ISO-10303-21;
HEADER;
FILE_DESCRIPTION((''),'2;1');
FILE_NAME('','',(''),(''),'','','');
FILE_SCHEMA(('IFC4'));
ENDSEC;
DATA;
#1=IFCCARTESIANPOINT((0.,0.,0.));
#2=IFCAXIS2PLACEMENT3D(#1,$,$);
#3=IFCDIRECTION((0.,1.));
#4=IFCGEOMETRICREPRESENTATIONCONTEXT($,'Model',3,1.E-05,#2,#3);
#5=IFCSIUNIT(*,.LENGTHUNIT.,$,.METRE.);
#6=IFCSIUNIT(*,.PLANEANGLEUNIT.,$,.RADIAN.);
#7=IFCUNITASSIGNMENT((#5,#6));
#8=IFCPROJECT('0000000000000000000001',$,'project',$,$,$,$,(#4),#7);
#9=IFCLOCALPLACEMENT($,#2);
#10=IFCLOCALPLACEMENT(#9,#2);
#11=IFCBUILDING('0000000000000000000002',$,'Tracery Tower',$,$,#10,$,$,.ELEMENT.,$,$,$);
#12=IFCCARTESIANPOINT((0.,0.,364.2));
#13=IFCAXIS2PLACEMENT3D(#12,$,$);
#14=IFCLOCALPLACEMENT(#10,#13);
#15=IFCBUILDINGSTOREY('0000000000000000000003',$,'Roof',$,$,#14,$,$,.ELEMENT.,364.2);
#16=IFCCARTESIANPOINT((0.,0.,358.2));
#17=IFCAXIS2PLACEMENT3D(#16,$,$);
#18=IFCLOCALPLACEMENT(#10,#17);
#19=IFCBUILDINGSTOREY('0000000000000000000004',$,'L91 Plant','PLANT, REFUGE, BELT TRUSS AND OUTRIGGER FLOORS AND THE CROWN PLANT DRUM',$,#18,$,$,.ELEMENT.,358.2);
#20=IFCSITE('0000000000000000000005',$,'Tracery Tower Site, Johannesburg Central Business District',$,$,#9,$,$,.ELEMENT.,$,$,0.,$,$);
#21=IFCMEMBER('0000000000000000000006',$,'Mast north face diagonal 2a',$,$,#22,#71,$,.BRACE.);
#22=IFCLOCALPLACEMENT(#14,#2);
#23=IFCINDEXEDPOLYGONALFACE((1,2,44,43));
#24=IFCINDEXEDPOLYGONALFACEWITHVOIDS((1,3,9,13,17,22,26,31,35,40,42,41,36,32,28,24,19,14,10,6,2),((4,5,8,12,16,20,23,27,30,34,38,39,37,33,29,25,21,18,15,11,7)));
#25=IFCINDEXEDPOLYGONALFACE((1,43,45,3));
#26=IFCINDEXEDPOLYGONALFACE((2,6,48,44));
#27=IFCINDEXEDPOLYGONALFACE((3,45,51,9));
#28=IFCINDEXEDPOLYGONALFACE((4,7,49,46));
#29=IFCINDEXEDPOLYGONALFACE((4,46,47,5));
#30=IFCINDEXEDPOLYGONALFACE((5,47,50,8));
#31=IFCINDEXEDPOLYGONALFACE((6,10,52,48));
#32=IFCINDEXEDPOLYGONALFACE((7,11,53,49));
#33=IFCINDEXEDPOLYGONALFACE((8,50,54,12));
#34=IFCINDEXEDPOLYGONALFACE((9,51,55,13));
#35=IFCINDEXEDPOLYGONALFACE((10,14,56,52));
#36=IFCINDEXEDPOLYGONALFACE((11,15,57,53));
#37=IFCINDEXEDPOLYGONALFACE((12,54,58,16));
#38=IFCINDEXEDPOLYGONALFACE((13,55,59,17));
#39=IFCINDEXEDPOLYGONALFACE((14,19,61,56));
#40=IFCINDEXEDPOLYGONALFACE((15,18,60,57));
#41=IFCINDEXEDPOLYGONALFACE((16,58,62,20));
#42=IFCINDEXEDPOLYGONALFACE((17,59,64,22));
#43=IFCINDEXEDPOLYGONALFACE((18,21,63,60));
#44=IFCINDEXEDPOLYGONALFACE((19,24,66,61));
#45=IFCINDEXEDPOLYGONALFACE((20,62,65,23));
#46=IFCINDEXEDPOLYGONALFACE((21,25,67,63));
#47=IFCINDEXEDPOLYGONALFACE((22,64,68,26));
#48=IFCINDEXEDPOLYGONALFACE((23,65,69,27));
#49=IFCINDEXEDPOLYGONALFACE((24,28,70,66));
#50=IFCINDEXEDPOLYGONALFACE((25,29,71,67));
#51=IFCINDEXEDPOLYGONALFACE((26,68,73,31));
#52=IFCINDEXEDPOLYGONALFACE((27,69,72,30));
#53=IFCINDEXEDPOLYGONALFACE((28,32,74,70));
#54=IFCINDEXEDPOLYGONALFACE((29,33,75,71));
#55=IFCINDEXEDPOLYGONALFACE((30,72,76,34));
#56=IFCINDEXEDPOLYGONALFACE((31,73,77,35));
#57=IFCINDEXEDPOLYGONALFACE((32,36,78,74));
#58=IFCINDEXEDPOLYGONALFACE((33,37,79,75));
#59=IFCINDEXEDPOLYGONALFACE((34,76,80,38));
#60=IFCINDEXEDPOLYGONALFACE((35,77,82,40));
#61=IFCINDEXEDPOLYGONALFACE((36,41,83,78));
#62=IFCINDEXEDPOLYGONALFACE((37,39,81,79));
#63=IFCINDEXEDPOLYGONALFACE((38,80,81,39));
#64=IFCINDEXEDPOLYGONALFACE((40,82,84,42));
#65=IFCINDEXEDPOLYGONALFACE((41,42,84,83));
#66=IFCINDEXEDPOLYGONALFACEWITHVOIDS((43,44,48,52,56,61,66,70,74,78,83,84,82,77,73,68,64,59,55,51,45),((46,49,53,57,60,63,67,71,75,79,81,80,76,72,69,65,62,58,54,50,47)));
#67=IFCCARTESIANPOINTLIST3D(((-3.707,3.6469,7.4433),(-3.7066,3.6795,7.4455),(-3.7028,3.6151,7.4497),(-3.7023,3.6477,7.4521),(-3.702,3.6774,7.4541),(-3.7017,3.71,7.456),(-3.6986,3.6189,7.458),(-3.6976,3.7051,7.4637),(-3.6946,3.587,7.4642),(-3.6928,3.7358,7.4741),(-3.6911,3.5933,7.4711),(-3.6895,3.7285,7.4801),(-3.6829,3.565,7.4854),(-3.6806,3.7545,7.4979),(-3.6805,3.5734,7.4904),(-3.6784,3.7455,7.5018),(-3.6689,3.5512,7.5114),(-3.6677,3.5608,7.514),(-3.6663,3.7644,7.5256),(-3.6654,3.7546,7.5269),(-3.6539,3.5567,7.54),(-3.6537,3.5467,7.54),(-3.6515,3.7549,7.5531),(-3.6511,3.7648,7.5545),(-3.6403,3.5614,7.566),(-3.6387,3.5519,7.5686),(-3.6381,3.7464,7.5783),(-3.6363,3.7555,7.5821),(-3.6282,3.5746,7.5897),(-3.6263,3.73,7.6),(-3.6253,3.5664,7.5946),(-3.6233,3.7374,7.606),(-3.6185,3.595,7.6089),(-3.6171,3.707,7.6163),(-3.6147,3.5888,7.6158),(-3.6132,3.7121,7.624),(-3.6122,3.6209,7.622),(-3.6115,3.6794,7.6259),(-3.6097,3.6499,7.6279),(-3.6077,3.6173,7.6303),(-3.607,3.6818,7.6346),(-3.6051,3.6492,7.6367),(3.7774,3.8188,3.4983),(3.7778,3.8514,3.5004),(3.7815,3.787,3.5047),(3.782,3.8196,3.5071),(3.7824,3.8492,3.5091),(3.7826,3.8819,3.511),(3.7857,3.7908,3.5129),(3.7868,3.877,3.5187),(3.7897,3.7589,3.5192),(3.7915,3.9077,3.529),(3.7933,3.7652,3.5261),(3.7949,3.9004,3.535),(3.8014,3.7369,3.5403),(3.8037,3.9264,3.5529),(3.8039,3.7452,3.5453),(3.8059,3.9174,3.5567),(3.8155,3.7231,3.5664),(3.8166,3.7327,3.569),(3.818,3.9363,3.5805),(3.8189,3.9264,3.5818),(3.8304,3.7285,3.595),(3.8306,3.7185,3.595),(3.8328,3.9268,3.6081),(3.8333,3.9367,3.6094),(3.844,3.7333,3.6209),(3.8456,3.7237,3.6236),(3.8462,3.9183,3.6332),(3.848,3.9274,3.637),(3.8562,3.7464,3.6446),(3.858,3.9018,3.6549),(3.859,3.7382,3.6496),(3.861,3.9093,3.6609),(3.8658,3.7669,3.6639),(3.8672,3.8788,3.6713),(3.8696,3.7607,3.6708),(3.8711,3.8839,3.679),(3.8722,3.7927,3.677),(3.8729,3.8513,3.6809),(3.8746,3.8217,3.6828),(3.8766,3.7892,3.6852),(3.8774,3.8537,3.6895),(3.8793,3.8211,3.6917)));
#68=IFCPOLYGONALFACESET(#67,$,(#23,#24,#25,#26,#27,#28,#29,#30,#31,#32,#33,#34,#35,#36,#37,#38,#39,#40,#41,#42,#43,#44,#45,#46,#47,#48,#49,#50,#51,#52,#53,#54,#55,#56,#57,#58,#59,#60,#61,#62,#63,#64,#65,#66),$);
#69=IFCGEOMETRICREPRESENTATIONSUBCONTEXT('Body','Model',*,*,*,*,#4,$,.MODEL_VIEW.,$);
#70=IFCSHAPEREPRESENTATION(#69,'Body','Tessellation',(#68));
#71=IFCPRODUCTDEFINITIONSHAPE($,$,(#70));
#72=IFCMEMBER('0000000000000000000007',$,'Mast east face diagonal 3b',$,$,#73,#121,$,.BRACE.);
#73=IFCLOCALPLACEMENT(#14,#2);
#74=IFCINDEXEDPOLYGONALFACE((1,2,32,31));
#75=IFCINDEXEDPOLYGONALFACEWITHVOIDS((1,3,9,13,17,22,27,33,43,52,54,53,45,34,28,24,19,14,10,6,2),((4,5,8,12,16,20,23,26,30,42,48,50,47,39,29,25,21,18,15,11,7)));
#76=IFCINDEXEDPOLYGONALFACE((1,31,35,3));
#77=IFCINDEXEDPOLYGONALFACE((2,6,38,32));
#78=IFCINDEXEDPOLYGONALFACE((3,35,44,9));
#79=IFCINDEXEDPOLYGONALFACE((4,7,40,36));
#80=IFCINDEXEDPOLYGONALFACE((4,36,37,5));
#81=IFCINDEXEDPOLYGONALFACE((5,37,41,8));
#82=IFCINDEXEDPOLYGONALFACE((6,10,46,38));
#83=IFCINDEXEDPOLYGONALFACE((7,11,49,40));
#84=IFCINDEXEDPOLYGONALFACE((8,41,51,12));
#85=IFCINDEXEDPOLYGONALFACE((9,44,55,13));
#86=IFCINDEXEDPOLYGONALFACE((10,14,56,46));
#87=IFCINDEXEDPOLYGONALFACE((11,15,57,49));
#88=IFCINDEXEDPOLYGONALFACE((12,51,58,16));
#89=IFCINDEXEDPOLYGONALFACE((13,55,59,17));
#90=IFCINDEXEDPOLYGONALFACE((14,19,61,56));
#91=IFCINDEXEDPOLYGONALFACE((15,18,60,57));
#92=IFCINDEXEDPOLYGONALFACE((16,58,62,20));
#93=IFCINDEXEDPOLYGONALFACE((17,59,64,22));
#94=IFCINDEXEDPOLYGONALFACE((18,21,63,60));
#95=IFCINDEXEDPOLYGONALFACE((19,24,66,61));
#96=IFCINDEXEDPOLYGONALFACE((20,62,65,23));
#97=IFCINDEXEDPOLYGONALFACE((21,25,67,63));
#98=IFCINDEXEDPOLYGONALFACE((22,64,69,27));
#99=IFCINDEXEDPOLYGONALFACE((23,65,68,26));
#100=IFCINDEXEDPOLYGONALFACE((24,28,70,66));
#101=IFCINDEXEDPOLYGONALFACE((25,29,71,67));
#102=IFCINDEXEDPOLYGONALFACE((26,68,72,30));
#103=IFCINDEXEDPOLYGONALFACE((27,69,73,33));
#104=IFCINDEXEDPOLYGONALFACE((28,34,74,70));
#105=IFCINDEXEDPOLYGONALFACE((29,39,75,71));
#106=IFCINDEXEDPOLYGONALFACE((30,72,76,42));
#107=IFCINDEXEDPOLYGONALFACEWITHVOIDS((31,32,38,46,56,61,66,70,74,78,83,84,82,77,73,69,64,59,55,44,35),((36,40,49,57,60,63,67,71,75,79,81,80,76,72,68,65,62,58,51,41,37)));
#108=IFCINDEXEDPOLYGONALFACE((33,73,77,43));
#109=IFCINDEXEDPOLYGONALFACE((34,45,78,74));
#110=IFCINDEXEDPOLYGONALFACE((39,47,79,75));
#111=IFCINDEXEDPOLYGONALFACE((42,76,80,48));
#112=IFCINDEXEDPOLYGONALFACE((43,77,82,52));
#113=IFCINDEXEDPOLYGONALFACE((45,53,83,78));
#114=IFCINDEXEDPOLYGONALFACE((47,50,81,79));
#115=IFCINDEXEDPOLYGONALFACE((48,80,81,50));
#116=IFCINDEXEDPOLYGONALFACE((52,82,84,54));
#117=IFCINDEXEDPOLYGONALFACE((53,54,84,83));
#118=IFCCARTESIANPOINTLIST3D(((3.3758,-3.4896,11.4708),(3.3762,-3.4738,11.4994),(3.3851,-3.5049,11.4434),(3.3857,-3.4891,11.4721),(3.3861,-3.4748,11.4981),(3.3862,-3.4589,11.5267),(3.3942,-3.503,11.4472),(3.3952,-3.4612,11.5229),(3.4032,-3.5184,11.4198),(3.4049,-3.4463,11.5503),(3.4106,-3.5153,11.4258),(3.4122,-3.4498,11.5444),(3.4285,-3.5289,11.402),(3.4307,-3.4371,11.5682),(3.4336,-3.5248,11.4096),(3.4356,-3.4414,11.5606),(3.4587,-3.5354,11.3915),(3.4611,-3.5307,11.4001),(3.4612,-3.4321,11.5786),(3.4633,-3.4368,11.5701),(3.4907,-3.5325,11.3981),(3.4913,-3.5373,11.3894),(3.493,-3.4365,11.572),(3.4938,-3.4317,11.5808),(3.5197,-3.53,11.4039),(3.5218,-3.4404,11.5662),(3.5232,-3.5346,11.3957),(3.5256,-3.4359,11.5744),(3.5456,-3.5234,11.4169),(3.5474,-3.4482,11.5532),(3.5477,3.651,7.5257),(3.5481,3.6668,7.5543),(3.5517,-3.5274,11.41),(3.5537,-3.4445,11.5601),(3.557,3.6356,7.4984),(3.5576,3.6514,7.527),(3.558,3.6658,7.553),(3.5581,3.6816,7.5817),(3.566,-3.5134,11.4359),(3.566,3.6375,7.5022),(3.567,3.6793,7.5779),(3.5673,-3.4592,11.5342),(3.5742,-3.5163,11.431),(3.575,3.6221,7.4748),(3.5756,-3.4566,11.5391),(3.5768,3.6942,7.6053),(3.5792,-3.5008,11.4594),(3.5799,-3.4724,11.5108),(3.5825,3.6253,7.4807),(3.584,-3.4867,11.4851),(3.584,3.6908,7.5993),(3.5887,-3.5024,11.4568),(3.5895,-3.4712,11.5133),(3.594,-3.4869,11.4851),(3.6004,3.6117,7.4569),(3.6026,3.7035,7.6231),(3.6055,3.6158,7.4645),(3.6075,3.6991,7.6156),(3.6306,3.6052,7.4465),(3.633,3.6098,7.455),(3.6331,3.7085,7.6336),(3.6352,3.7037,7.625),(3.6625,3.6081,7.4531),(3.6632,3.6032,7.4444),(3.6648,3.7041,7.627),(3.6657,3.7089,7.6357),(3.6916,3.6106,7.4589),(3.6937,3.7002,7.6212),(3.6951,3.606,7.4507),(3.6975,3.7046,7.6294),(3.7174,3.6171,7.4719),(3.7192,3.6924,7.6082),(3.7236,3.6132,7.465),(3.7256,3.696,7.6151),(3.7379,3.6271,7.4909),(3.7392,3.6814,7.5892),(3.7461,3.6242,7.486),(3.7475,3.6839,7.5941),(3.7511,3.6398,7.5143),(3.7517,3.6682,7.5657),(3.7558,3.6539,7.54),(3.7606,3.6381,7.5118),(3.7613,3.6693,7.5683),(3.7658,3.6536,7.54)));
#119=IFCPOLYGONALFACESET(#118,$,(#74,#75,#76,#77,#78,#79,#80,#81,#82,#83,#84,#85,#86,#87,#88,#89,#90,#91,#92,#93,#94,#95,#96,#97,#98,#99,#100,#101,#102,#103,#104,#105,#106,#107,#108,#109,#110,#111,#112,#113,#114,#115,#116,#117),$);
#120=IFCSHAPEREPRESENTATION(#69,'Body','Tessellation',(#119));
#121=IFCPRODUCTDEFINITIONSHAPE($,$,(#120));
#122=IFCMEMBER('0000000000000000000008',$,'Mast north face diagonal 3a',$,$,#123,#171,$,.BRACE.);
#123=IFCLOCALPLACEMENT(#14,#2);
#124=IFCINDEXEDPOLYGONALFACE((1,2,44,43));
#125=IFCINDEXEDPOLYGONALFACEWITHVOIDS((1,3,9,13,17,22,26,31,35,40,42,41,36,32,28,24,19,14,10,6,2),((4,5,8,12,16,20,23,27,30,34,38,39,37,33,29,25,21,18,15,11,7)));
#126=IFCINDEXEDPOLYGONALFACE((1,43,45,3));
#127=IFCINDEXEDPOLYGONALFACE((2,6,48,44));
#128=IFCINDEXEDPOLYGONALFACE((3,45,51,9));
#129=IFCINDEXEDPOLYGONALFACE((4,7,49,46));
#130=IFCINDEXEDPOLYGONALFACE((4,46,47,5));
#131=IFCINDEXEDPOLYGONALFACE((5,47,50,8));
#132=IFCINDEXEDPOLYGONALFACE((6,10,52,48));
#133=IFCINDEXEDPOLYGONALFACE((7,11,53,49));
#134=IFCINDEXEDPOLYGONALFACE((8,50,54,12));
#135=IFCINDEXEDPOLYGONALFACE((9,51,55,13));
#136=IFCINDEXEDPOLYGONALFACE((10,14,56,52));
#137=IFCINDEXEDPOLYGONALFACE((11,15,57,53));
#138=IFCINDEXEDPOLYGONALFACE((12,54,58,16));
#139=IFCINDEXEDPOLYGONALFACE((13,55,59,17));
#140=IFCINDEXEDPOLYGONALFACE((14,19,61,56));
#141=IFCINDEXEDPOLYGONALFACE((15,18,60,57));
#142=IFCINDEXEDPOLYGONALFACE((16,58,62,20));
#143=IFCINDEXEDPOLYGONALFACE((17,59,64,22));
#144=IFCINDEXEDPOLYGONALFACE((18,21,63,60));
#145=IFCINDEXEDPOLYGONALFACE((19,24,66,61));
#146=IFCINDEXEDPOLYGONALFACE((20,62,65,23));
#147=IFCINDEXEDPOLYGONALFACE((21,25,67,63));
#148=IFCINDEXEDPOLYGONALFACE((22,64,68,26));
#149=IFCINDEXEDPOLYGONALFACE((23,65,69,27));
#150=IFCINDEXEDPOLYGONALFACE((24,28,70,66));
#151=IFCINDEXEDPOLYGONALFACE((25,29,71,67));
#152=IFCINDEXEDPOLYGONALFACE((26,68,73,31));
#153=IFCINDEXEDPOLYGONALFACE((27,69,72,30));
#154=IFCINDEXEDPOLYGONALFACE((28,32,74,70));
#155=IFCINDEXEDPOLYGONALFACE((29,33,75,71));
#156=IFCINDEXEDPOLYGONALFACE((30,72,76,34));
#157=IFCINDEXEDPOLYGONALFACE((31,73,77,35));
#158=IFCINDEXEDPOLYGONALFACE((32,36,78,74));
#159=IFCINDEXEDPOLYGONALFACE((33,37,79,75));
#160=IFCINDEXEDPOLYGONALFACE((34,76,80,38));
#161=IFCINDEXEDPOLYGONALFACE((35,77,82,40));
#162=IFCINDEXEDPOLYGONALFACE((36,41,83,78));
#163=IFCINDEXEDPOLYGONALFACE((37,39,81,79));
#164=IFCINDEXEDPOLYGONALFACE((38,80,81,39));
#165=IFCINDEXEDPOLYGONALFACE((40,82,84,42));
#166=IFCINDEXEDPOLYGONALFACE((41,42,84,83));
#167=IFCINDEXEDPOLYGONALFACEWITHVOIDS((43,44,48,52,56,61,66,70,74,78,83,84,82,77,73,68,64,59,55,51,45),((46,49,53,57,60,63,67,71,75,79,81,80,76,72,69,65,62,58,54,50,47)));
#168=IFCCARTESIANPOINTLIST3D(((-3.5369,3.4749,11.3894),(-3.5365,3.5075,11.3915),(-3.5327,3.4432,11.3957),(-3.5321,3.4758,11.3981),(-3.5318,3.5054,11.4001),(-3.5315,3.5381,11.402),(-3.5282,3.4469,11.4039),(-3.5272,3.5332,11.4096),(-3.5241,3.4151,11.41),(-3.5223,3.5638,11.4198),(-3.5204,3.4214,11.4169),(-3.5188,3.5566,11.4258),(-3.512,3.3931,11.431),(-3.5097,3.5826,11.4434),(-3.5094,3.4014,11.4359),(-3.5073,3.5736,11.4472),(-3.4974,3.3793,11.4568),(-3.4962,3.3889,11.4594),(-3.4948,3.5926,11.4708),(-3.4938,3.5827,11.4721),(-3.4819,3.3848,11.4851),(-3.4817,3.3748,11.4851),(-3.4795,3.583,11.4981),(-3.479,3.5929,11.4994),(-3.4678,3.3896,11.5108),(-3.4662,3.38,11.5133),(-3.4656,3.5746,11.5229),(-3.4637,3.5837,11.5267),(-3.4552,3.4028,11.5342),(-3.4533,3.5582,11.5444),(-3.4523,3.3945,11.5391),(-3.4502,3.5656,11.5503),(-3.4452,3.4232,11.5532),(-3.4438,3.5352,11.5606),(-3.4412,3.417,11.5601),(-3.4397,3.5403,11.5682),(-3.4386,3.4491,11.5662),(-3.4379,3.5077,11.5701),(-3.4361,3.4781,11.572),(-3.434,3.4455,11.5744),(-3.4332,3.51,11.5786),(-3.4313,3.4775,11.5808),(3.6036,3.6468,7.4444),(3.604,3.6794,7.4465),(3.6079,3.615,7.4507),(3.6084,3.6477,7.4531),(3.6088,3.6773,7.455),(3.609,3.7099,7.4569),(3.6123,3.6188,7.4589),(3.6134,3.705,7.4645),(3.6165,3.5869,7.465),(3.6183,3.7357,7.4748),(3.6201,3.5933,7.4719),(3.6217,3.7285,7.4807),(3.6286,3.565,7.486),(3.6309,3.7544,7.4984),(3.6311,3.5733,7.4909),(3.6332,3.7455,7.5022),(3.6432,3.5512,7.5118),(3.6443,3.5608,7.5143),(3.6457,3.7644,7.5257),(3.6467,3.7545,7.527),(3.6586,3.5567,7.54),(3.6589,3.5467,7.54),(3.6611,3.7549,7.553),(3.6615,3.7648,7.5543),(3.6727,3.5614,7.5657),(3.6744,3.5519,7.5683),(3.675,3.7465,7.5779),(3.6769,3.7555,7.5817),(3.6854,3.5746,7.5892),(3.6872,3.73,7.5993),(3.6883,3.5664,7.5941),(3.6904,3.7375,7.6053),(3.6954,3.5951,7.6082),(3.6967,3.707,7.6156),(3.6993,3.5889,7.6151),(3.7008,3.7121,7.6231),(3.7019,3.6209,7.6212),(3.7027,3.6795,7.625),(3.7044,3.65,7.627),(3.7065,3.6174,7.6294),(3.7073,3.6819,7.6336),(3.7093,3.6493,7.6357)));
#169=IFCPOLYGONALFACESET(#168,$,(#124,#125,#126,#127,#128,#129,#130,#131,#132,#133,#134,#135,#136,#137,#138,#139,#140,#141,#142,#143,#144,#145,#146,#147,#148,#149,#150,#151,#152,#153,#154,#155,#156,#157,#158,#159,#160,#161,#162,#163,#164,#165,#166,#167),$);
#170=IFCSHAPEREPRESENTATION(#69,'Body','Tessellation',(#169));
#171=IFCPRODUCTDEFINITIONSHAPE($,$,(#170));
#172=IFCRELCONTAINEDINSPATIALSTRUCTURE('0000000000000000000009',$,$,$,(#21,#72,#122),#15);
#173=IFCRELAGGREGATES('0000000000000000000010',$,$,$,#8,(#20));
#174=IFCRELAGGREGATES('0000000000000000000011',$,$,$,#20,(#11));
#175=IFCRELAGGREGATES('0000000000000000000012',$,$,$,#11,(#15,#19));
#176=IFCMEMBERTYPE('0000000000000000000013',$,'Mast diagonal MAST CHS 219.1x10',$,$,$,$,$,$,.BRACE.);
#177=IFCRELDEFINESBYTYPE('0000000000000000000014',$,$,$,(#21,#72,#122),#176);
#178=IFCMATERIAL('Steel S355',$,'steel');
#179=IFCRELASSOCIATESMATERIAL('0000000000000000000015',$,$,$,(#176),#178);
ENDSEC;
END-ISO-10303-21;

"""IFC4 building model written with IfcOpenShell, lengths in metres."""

from ifc_helpers import new_model, si_unit, direction, frame, origin, origin_2d, place, context, subcontext, project, spatial, hollow_circle, extrude, material, material_profile, profile_set, type_object, element, save


model = new_model("IFC4")

# Units and contexts
model_context = context("Model", 3, precision=1e-05, world=origin(), true_north=direction((0.0, 1.0)))
body_context = subcontext(model_context, "Body", "Model", "MODEL_VIEW")
ifc_project = project(units=[si_unit("LENGTHUNIT", "METRE"), si_unit("PLANEANGLEUNIT", "RADIAN")], contexts=[model_context])

# Site, building, storey
site_placement = place(None, origin())
site = spatial("IfcSite", under=ifc_project, at=site_placement, Name="Tracery Tower Site, Johannesburg Central Business District", CompositionType="ELEMENT", RefElevation=0.0)
building_placement = place(site_placement, origin())
building = spatial("IfcBuilding", under=site, at=building_placement, Name="Tracery Tower", CompositionType="ELEMENT")
storey_1_placement = place(building_placement, frame((0.0, 0.0, 364.2)))
storey_1 = spatial("IfcBuildingStorey", under=building, at=storey_1_placement, Name="Roof", CompositionType="ELEMENT", Elevation=364.2)

# Members
ifc_material_1 = material(Name="Steel S355", Category="steel")
ifc_material_profile_1 = material_profile(ifc_material_1, hollow_circle(Radius=0.1096, WallThickness=0.01, at=origin_2d()), Name="CHS 219.1x10")
ifc_profile_set_1 = profile_set([ifc_material_profile_1], Name="Steel S355")
member_type_1 = type_object("IfcMemberType", Name="Mast diagonal MAST CHS 219.1x10", PredefinedType="BRACE", material=ifc_profile_set_1)
for number, where, z_axis, x_axis, name in (
    (1, (3.8281, 3.8281, 3.595), (-0.884447, -0.020311, 0.466198), (0.022958, -0.999736, 0.0), "Mast north face diagonal 2a"),
):
    element("IfcMember", number, at=place(storey_1_placement, frame(where, z_axis=z_axis, x_axis=x_axis)), inside=storey_1, type_object=member_type_1, Name=name, PredefinedType="BRACE", context=body_context, shape_type="SweptSolid", body=[
        extrude(hollow_circle(Radius=0.1096, WallThickness=0.01, at=origin_2d()), origin(), (0.0, 0.0, 1.0), 8.4622),
    ])
for number, where, z_axis, x_axis, name in (
    (2, (3.6562, 3.6562, 7.54), (-0.021064, -0.875103, 0.483479), (0.99971, -0.024063, 0.0), "Mast east face diagonal 3b"),
    (3, (3.6562, 3.6562, 7.54), (-0.875103, -0.021064, 0.483479), (0.024063, -0.99971, 0.0), "Mast north face diagonal 3a"),
):
    element("IfcMember", number, at=place(storey_1_placement, frame(where, z_axis=z_axis, x_axis=x_axis)), inside=storey_1, type_object=member_type_1, Name=name, PredefinedType="BRACE", context=body_context, shape_type="SweptSolid", body=[
        extrude(hollow_circle(Radius=0.1096, WallThickness=0.01, at=origin_2d()), origin(), (0.0, 0.0, 1.0), 8.1597),
    ])

# Shared definitions
storey_2_placement = place(building_placement, frame((0.0, 0.0, 358.2)))
storey_2 = spatial("IfcBuildingStorey", under=building, at=storey_2_placement, Name="L91 Plant", Description="PLANT, REFUGE, BELT TRUSS AND OUTRIGGER FLOORS AND THE CROWN PLANT DRUM", CompositionType="ELEMENT", Elevation=358.2)

save(model, "model.ifc")
